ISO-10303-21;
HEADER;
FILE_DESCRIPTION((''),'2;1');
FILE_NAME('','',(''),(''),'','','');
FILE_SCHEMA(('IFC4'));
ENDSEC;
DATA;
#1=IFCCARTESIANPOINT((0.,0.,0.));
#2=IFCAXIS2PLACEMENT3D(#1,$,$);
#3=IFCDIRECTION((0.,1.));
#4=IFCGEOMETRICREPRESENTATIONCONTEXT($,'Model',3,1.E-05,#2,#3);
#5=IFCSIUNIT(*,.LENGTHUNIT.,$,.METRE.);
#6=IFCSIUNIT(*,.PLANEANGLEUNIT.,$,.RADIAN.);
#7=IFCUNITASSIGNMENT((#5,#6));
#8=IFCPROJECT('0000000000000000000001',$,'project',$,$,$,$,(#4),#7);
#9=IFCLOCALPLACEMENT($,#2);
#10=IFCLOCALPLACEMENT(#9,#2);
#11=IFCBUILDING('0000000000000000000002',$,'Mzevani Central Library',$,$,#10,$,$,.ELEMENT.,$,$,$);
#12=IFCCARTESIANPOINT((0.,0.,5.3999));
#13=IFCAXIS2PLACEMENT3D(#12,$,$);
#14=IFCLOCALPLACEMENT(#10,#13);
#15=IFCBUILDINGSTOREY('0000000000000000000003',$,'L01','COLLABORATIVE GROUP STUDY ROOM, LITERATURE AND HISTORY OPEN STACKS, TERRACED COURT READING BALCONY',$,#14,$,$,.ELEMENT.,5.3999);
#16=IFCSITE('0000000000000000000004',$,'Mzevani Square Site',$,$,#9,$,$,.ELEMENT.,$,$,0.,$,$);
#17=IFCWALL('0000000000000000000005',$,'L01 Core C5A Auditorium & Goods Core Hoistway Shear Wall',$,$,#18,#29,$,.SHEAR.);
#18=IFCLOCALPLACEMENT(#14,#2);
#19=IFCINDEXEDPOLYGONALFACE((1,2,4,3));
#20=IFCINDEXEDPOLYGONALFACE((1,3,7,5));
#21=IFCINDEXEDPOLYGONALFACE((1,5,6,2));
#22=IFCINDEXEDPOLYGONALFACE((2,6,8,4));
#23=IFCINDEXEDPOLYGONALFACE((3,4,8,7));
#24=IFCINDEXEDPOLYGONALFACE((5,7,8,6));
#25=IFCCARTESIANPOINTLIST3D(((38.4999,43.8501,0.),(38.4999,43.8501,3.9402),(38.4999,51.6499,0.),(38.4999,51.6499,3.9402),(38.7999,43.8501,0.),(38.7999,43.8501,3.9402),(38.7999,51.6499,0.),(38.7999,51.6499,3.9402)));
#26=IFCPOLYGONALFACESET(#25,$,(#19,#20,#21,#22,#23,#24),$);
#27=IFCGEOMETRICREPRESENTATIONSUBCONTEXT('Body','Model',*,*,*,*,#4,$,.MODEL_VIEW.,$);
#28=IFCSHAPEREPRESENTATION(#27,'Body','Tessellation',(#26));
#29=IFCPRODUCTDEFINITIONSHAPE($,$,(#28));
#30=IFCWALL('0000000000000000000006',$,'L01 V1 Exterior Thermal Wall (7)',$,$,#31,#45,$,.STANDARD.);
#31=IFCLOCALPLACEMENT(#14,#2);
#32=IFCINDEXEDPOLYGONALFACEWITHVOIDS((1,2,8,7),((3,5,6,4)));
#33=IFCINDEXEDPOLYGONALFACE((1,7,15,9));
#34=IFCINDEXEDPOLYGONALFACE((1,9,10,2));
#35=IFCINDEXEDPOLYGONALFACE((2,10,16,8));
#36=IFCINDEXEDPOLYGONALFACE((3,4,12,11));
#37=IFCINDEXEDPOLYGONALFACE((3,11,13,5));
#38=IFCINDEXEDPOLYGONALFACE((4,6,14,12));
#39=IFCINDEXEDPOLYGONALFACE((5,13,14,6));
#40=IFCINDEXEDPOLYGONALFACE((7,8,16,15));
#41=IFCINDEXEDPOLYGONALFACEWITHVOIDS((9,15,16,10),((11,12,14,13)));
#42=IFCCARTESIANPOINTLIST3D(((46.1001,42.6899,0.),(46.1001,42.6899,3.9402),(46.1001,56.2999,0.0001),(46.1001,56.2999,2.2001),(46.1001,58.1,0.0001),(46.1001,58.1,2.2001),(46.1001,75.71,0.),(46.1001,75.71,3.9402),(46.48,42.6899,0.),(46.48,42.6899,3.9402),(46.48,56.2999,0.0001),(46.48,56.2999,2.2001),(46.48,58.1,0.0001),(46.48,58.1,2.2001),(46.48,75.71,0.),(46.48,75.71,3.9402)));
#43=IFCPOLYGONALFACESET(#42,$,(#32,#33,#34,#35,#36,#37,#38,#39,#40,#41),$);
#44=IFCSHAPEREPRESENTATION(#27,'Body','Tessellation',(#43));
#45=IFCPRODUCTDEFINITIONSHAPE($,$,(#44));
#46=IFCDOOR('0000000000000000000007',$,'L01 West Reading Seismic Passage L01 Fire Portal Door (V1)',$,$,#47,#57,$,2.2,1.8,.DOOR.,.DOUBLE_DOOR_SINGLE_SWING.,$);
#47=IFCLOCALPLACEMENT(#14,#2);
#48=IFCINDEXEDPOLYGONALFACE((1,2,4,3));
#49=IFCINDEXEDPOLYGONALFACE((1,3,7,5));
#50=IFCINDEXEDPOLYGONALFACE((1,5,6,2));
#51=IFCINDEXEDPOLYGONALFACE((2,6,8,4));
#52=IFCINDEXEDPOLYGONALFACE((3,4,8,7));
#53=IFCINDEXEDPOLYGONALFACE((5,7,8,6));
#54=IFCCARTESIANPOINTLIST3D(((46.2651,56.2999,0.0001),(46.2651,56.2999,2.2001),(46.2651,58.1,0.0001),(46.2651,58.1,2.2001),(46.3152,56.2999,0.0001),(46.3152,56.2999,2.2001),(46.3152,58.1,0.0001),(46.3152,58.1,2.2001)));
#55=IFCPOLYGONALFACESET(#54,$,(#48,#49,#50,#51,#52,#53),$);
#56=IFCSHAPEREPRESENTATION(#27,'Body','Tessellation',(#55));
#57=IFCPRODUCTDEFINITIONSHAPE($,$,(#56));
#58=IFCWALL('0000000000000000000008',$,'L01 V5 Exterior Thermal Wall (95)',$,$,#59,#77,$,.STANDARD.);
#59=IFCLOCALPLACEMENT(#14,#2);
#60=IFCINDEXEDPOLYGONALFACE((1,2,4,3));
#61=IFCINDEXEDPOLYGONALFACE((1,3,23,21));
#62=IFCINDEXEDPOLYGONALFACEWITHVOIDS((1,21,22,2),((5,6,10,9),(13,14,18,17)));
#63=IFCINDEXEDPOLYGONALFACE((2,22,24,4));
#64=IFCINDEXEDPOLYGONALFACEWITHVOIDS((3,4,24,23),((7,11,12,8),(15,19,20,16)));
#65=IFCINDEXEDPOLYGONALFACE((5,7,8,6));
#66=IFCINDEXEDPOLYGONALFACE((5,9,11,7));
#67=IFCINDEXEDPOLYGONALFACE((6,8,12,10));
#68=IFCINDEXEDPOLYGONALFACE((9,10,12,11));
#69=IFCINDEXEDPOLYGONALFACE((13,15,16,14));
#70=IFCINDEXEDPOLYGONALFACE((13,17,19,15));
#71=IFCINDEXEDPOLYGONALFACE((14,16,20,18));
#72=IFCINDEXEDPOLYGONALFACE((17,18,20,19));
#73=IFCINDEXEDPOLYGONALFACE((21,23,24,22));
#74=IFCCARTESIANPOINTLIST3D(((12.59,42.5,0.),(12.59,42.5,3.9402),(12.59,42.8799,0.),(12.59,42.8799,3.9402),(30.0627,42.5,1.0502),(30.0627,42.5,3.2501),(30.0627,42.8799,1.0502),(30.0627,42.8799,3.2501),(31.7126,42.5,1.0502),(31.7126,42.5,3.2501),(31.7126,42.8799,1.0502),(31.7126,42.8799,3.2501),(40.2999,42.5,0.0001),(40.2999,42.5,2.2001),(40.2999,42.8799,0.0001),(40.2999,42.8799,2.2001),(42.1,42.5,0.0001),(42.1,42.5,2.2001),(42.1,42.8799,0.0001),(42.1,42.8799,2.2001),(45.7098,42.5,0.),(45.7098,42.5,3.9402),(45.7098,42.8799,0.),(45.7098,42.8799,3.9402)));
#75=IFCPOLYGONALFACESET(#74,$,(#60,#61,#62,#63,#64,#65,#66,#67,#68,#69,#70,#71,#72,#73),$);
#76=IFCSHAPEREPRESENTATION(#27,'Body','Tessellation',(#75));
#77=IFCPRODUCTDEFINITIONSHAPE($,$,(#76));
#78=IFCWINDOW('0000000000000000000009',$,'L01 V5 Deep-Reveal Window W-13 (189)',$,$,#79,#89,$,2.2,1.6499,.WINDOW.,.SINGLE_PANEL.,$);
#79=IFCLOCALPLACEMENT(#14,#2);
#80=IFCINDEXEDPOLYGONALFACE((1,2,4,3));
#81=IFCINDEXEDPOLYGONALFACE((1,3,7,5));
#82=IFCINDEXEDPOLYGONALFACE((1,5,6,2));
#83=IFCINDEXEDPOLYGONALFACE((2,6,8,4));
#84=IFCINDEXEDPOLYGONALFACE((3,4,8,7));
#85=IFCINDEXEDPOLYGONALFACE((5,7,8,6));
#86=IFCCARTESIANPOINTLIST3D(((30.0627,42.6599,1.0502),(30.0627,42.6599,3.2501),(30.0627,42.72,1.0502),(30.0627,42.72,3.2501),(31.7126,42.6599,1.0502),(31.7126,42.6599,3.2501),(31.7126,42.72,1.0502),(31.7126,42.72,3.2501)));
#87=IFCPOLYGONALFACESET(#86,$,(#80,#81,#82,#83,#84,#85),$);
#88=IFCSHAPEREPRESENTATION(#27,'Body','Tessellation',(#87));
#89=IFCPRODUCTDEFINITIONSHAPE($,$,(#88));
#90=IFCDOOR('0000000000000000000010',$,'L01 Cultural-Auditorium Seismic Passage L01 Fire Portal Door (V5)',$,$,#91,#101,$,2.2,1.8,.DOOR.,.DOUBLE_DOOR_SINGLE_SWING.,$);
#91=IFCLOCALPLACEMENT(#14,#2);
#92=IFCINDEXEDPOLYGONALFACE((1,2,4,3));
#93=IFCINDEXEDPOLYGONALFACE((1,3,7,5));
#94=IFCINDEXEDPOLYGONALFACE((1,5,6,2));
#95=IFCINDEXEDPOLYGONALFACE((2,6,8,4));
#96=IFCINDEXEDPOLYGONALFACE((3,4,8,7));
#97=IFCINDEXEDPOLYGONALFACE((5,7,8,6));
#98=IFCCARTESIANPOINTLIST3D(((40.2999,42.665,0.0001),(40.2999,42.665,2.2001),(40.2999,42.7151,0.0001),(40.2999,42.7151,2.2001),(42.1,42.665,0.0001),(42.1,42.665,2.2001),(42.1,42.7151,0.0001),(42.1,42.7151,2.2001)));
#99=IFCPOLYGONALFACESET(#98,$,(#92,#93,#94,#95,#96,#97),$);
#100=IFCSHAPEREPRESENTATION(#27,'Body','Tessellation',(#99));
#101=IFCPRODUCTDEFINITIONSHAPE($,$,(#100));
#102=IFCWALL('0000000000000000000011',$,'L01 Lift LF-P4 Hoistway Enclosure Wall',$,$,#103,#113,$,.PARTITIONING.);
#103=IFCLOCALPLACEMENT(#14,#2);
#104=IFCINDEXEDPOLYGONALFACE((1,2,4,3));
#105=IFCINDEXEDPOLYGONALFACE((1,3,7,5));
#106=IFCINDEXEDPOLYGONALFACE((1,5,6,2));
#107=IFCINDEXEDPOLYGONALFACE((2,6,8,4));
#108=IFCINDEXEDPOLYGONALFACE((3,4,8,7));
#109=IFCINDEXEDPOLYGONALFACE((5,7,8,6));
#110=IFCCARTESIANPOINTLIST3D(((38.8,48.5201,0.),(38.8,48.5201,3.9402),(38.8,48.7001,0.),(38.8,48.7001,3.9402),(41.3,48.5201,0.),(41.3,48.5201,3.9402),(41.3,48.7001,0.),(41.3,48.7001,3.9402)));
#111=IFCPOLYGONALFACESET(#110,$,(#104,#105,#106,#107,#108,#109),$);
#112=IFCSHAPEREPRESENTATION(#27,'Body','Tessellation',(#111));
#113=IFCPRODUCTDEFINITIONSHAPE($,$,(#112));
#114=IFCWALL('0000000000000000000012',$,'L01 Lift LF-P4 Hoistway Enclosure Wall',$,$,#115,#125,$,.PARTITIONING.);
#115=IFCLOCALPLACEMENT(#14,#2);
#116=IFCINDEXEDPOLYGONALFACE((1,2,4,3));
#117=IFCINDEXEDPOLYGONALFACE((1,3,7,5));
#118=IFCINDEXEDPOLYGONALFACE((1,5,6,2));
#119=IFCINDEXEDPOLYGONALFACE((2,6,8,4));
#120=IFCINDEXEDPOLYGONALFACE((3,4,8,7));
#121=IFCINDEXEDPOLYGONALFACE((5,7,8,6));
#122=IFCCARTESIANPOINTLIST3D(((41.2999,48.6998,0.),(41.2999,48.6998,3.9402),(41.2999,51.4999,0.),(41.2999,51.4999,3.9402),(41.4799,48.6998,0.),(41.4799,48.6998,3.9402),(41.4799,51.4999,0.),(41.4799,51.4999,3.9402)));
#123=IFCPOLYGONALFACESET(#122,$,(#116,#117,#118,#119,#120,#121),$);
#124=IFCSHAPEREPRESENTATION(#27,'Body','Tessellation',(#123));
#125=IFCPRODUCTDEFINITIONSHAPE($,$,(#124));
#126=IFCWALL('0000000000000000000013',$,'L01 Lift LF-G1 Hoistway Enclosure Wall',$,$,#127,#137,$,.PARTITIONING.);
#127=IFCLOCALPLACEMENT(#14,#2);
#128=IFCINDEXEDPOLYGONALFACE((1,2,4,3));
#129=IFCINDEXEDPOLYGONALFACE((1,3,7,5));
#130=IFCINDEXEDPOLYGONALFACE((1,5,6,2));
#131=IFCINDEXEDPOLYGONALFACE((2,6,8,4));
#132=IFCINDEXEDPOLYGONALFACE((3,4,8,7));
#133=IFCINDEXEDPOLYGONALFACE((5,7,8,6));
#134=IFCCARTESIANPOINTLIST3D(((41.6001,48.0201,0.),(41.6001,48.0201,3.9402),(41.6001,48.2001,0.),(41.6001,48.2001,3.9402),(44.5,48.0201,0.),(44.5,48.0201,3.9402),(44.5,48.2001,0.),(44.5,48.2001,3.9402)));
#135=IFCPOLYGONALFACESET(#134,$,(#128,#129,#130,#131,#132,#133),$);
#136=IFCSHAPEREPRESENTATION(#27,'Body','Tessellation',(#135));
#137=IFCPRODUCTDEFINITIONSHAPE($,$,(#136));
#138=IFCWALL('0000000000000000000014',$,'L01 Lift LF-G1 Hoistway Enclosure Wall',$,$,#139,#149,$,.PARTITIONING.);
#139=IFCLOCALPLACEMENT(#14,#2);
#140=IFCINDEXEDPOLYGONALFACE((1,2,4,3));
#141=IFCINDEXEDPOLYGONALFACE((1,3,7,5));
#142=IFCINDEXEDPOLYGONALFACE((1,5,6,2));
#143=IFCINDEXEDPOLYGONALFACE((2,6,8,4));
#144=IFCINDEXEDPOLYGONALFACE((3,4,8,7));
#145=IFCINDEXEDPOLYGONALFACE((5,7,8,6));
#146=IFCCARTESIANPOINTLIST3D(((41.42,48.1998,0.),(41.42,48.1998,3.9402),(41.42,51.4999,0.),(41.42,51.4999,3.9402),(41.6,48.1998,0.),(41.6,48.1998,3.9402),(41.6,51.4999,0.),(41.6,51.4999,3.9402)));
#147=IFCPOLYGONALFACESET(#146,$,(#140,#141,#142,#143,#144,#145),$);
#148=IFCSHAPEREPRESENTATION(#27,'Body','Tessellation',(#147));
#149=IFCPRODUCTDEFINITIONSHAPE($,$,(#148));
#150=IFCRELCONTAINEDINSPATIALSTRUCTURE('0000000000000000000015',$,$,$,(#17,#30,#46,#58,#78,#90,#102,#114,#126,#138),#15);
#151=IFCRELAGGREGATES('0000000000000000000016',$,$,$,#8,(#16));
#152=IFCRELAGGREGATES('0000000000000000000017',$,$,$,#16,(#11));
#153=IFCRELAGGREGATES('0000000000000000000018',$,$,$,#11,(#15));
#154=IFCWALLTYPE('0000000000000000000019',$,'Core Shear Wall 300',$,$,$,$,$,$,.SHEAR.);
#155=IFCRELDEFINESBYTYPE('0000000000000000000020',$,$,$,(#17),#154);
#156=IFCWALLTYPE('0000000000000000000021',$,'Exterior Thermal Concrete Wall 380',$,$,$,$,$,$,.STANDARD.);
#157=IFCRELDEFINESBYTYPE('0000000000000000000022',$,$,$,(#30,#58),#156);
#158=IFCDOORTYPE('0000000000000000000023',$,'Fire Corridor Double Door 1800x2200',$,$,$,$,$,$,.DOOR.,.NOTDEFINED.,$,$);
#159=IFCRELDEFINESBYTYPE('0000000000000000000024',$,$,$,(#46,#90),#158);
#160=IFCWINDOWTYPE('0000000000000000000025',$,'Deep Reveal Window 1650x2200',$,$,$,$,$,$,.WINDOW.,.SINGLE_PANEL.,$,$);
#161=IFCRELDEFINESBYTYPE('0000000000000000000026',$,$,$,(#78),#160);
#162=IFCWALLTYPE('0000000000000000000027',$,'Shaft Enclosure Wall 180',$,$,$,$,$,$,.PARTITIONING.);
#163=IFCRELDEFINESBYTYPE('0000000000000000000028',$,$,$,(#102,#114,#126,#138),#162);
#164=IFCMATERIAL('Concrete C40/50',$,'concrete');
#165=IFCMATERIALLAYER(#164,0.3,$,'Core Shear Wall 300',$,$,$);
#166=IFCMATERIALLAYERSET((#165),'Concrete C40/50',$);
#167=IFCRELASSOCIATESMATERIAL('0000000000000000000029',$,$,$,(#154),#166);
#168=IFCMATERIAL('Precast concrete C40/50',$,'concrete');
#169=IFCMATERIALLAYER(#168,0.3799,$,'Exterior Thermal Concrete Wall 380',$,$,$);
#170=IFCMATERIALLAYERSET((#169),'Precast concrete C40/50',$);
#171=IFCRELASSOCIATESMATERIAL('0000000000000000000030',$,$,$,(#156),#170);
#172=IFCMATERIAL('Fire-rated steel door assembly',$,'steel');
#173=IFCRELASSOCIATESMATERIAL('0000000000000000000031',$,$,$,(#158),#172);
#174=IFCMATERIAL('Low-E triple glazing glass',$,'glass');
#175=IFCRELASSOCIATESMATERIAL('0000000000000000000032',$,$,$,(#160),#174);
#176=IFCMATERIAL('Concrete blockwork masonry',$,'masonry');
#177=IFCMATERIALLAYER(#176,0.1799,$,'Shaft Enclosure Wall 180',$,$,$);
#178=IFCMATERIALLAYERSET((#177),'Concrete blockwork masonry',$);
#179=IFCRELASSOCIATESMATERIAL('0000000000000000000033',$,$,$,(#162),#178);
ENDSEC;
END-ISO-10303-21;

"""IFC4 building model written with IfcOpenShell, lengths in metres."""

from ifc_helpers import new_model, si_unit, direction, frame, frame_2d, origin, place, context, subcontext, project, spatial, rectangle, extrude, material, layer, layer_set, type_object, element, fill, save


model = new_model("IFC4")

# Units and contexts
model_context = context("Model", 3, precision=1e-05, world=origin(), true_north=direction((0.0, 1.0)))
body_context = subcontext(model_context, "Body", "Model", "MODEL_VIEW")
ifc_project = project(units=[si_unit("LENGTHUNIT", "METRE"), si_unit("PLANEANGLEUNIT", "RADIAN")], contexts=[model_context])

# Site, building, storey
site_placement = place(None, origin())
site = spatial("IfcSite", under=ifc_project, at=site_placement, Name="Mzevani Square Site", CompositionType="ELEMENT", RefElevation=0.0)
building_placement = place(site_placement, origin())
building = spatial("IfcBuilding", under=site, at=building_placement, Name="Mzevani Central Library", CompositionType="ELEMENT")
storey_placement = place(building_placement, frame((0.0, 0.0, 5.3999)))
storey = spatial("IfcBuildingStorey", under=building, at=storey_placement, Name="L01", Description="COLLABORATIVE GROUP STUDY ROOM, LITERATURE AND HISTORY OPEN STACKS, TERRACED COURT READING BALCONY", CompositionType="ELEMENT", Elevation=5.3999)

# Wall
ifc_material_1 = material(Name="Concrete C40/50", Category="concrete")
ifc_layer_1 = layer(ifc_material_1, 0.3, Name="Core Shear Wall 300")
ifc_layer_set_1 = layer_set([ifc_layer_1], Name="Concrete C40/50")
wall_type_1 = type_object("IfcWallType", Name="Core Shear Wall 300", PredefinedType="SHEAR", material=ifc_layer_set_1)
wall_1_placement = place(storey_placement, frame((38.6499, 43.8501, 0.0), z_axis=(0.0, 0.0, 1.0), x_axis=(0.0, 1.0, 0.0)))
element("IfcWall", 1, at=wall_1_placement, inside=storey, type_object=wall_type_1, Name="L01 Core C5A Auditorium & Goods Core Hoistway Shear Wall", PredefinedType="SHEAR", context=body_context, shape_type="SweptSolid", body=[
    extrude(rectangle(XDim=7.7998, YDim=0.3, at=frame_2d((3.8999, 0.0))), origin(), (0.0, 0.0, 1.0), 3.9402),
])

# Wall, opening, door
ifc_material_2 = material(Name="Precast concrete C40/50", Category="concrete")
ifc_layer_2 = layer(ifc_material_2, 0.3799, Name="Exterior Thermal Concrete Wall 380")
ifc_layer_set_2 = layer_set([ifc_layer_2], Name="Precast concrete C40/50")
wall_type_2 = type_object("IfcWallType", Name="Exterior Thermal Concrete Wall 380", PredefinedType="STANDARD", material=ifc_layer_set_2)
wall_2_placement = place(storey_placement, frame((46.29, 42.6899, 0.0), z_axis=(0.0, 0.0, 1.0), x_axis=(0.0, 1.0, 0.0)))
wall_2 = element("IfcWall", 2, at=wall_2_placement, inside=storey, type_object=wall_type_2, Name="L01 V1 Exterior Thermal Wall (7)", PredefinedType="STANDARD", context=body_context, shape_type="SweptSolid", body=[
    extrude(rectangle(XDim=33.02, YDim=0.3799, at=frame_2d((16.51, 0.0))), origin(), (0.0, 0.0, 1.0), 3.9402),
])
opening_1_placement = place(wall_2_placement, frame((13.6101, 0.0, 0.0)))
opening_1 = element("IfcOpeningElement", 3, at=opening_1_placement, cuts=wall_2, PredefinedType="OPENING", context=body_context, shape_type="SweptSolid", body=[
    extrude(rectangle(XDim=1.8, YDim=2.2, at=frame_2d((0.8999, 1.1001))), frame((0.0, 0.2, 0.0), z_axis=(0.0, -1.0, 0.0), x_axis=(1.0, 0.0, 0.0)), (0.0, 0.0, 1.0), 0.3999),
])
ifc_material_3 = material(Name="Fire-rated steel door assembly", Category="steel")
door_type = type_object("IfcDoorType", Name="Fire Corridor Double Door 1800x2200", OperationType="NOTDEFINED", PredefinedType="DOOR", material=ifc_material_3)
door_1_placement = place(opening_1_placement, origin())
door_1 = element("IfcDoor", 4, at=door_1_placement, inside=storey, type_object=door_type, Name="L01 West Reading Seismic Passage L01 Fire Portal Door (V1)", OperationType="DOUBLE_DOOR_SINGLE_SWING", OverallHeight=2.2, OverallWidth=1.8, PredefinedType="DOOR", context=body_context, shape_type="SweptSolid", body=[
    extrude(rectangle(XDim=1.8, YDim=2.2, at=frame_2d((0.8999, 1.1001))), frame((0.0, 0.0249, 0.0), z_axis=(0.0, -1.0, 0.0), x_axis=(1.0, 0.0, 0.0)), (0.0, 0.0, 1.0), 0.05),
])
fill(opening_1, door_1)

# Wall, openings, window, door
wall_3_placement = place(storey_placement, frame((45.71, 42.6899, 0.0), z_axis=(0.0, 0.0, 1.0), x_axis=(-1.0, 0.0, 0.0)))
wall_3 = element("IfcWall", 5, at=wall_3_placement, inside=storey, type_object=wall_type_2, Name="L01 V5 Exterior Thermal Wall (95)", PredefinedType="STANDARD", context=body_context, shape_type="SweptSolid", body=[
    extrude(rectangle(XDim=33.1199, YDim=0.3799, at=frame_2d((16.5601, 0.0))), origin(), (0.0, 0.0, 1.0), 3.9402),
])
opening_2_placement = place(wall_3_placement, frame((3.6101, 0.0, 0.0)))
opening_2 = element("IfcOpeningElement", 6, at=opening_2_placement, cuts=wall_3, PredefinedType="OPENING", context=body_context, shape_type="SweptSolid", body=[
    extrude(rectangle(XDim=1.8, YDim=2.2, at=frame_2d((0.8999, 1.1001))), frame((0.0, 0.2, 0.0), z_axis=(0.0, -1.0, 0.0), x_axis=(1.0, 0.0, 0.0)), (0.0, 0.0, 1.0), 0.3999),
])
opening_3_placement = place(wall_3_placement, frame((13.9973, 0.0, 1.05)))
opening_3 = element("IfcOpeningElement", 7, at=opening_3_placement, cuts=wall_3, PredefinedType="OPENING", context=body_context, shape_type="SweptSolid", body=[
    extrude(rectangle(XDim=1.6499, YDim=2.2, at=frame_2d((0.825, 1.1001))), frame((0.0, 0.2, 0.0), z_axis=(0.0, -1.0, 0.0), x_axis=(1.0, 0.0, 0.0)), (0.0, 0.0, 1.0), 0.3999),
])
ifc_material_4 = material(Name="Low-E triple glazing glass", Category="glass")
window_type = type_object("IfcWindowType", Name="Deep Reveal Window 1650x2200", PartitioningType="SINGLE_PANEL", PredefinedType="WINDOW", material=ifc_material_4)
window_placement = place(opening_3_placement, origin())
window = element("IfcWindow", 8, at=window_placement, inside=storey, type_object=window_type, Name="L01 V5 Deep-Reveal Window W-13 (189)", OverallHeight=2.2, OverallWidth=1.6499, PartitioningType="SINGLE_PANEL", PredefinedType="WINDOW", context=body_context, shape_type="SweptSolid", body=[
    extrude(rectangle(XDim=1.6499, YDim=2.2, at=frame_2d((0.825, 1.1001))), frame((0.0, 0.03, 0.0), z_axis=(0.0, -1.0, 0.0), x_axis=(1.0, 0.0, 0.0)), (0.0, 0.0, 1.0), 0.0601),
])
fill(opening_3, window)
door_2_placement = place(opening_2_placement, origin())
door_2 = element("IfcDoor", 9, at=door_2_placement, inside=storey, type_object=door_type, Name="L01 Cultural-Auditorium Seismic Passage L01 Fire Portal Door (V5)", OperationType="DOUBLE_DOOR_SINGLE_SWING", OverallHeight=2.2, OverallWidth=1.8, PredefinedType="DOOR", context=body_context, shape_type="SweptSolid", body=[
    extrude(rectangle(XDim=1.8, YDim=2.2, at=frame_2d((0.8999, 1.1001))), frame((0.0, 0.0249, 0.0), z_axis=(0.0, -1.0, 0.0), x_axis=(1.0, 0.0, 0.0)), (0.0, 0.0, 1.0), 0.05),
])
fill(opening_2, door_2)

# Walls
ifc_material_5 = material(Name="Concrete blockwork masonry", Category="masonry")
ifc_layer_3 = layer(ifc_material_5, 0.1799, Name="Shaft Enclosure Wall 180")
ifc_layer_set_3 = layer_set([ifc_layer_3], Name="Concrete blockwork masonry")
wall_type_3 = type_object("IfcWallType", Name="Shaft Enclosure Wall 180", PredefinedType="PARTITIONING", material=ifc_layer_set_3)
wall_4_placement = place(storey_placement, frame((38.8, 48.6101, 0.0), z_axis=(0.0, 0.0, 1.0), x_axis=(1.0, 0.0, 0.0)))
element("IfcWall", 10, at=wall_4_placement, inside=storey, type_object=wall_type_3, Name="L01 Lift LF-P4 Hoistway Enclosure Wall", PredefinedType="PARTITIONING", context=body_context, shape_type="SweptSolid", body=[
    extrude(rectangle(XDim=2.5, YDim=0.1799, at=frame_2d((1.25, 0.0))), origin(), (0.0, 0.0, 1.0), 3.9402),
])
wall_5_placement = place(storey_placement, frame((41.3899, 48.7, 0.0), z_axis=(0.0, 0.0, 1.0), x_axis=(0.0, 1.0, 0.0)))
element("IfcWall", 11, at=wall_5_placement, inside=storey, type_object=wall_type_3, Name="L01 Lift LF-P4 Hoistway Enclosure Wall", PredefinedType="PARTITIONING", context=body_context, shape_type="SweptSolid", body=[
    extrude(rectangle(XDim=2.8, YDim=0.1799, at=frame_2d((1.3999, 0.0))), origin(), (0.0, 0.0, 1.0), 3.9402),
])
wall_6_placement = place(storey_placement, frame((41.6001, 48.1101, 0.0), z_axis=(0.0, 0.0, 1.0), x_axis=(1.0, 0.0, 0.0)))
element("IfcWall", 12, at=wall_6_placement, inside=storey, type_object=wall_type_3, Name="L01 Lift LF-G1 Hoistway Enclosure Wall", PredefinedType="PARTITIONING", context=body_context, shape_type="SweptSolid", body=[
    extrude(rectangle(XDim=2.8999, YDim=0.1799, at=frame_2d((1.45, 0.0))), origin(), (0.0, 0.0, 1.0), 3.9402),
])
wall_7_placement = place(storey_placement, frame((41.51, 48.2, 0.0), z_axis=(0.0, 0.0, 1.0), x_axis=(0.0, 1.0, 0.0)))
element("IfcWall", 13, at=wall_7_placement, inside=storey, type_object=wall_type_3, Name="L01 Lift LF-G1 Hoistway Enclosure Wall", PredefinedType="PARTITIONING", context=body_context, shape_type="SweptSolid", body=[
    extrude(rectangle(XDim=3.3, YDim=0.1799, at=frame_2d((1.6499, 0.0))), origin(), (0.0, 0.0, 1.0), 3.9402),
])

save(model, "model.ifc")
